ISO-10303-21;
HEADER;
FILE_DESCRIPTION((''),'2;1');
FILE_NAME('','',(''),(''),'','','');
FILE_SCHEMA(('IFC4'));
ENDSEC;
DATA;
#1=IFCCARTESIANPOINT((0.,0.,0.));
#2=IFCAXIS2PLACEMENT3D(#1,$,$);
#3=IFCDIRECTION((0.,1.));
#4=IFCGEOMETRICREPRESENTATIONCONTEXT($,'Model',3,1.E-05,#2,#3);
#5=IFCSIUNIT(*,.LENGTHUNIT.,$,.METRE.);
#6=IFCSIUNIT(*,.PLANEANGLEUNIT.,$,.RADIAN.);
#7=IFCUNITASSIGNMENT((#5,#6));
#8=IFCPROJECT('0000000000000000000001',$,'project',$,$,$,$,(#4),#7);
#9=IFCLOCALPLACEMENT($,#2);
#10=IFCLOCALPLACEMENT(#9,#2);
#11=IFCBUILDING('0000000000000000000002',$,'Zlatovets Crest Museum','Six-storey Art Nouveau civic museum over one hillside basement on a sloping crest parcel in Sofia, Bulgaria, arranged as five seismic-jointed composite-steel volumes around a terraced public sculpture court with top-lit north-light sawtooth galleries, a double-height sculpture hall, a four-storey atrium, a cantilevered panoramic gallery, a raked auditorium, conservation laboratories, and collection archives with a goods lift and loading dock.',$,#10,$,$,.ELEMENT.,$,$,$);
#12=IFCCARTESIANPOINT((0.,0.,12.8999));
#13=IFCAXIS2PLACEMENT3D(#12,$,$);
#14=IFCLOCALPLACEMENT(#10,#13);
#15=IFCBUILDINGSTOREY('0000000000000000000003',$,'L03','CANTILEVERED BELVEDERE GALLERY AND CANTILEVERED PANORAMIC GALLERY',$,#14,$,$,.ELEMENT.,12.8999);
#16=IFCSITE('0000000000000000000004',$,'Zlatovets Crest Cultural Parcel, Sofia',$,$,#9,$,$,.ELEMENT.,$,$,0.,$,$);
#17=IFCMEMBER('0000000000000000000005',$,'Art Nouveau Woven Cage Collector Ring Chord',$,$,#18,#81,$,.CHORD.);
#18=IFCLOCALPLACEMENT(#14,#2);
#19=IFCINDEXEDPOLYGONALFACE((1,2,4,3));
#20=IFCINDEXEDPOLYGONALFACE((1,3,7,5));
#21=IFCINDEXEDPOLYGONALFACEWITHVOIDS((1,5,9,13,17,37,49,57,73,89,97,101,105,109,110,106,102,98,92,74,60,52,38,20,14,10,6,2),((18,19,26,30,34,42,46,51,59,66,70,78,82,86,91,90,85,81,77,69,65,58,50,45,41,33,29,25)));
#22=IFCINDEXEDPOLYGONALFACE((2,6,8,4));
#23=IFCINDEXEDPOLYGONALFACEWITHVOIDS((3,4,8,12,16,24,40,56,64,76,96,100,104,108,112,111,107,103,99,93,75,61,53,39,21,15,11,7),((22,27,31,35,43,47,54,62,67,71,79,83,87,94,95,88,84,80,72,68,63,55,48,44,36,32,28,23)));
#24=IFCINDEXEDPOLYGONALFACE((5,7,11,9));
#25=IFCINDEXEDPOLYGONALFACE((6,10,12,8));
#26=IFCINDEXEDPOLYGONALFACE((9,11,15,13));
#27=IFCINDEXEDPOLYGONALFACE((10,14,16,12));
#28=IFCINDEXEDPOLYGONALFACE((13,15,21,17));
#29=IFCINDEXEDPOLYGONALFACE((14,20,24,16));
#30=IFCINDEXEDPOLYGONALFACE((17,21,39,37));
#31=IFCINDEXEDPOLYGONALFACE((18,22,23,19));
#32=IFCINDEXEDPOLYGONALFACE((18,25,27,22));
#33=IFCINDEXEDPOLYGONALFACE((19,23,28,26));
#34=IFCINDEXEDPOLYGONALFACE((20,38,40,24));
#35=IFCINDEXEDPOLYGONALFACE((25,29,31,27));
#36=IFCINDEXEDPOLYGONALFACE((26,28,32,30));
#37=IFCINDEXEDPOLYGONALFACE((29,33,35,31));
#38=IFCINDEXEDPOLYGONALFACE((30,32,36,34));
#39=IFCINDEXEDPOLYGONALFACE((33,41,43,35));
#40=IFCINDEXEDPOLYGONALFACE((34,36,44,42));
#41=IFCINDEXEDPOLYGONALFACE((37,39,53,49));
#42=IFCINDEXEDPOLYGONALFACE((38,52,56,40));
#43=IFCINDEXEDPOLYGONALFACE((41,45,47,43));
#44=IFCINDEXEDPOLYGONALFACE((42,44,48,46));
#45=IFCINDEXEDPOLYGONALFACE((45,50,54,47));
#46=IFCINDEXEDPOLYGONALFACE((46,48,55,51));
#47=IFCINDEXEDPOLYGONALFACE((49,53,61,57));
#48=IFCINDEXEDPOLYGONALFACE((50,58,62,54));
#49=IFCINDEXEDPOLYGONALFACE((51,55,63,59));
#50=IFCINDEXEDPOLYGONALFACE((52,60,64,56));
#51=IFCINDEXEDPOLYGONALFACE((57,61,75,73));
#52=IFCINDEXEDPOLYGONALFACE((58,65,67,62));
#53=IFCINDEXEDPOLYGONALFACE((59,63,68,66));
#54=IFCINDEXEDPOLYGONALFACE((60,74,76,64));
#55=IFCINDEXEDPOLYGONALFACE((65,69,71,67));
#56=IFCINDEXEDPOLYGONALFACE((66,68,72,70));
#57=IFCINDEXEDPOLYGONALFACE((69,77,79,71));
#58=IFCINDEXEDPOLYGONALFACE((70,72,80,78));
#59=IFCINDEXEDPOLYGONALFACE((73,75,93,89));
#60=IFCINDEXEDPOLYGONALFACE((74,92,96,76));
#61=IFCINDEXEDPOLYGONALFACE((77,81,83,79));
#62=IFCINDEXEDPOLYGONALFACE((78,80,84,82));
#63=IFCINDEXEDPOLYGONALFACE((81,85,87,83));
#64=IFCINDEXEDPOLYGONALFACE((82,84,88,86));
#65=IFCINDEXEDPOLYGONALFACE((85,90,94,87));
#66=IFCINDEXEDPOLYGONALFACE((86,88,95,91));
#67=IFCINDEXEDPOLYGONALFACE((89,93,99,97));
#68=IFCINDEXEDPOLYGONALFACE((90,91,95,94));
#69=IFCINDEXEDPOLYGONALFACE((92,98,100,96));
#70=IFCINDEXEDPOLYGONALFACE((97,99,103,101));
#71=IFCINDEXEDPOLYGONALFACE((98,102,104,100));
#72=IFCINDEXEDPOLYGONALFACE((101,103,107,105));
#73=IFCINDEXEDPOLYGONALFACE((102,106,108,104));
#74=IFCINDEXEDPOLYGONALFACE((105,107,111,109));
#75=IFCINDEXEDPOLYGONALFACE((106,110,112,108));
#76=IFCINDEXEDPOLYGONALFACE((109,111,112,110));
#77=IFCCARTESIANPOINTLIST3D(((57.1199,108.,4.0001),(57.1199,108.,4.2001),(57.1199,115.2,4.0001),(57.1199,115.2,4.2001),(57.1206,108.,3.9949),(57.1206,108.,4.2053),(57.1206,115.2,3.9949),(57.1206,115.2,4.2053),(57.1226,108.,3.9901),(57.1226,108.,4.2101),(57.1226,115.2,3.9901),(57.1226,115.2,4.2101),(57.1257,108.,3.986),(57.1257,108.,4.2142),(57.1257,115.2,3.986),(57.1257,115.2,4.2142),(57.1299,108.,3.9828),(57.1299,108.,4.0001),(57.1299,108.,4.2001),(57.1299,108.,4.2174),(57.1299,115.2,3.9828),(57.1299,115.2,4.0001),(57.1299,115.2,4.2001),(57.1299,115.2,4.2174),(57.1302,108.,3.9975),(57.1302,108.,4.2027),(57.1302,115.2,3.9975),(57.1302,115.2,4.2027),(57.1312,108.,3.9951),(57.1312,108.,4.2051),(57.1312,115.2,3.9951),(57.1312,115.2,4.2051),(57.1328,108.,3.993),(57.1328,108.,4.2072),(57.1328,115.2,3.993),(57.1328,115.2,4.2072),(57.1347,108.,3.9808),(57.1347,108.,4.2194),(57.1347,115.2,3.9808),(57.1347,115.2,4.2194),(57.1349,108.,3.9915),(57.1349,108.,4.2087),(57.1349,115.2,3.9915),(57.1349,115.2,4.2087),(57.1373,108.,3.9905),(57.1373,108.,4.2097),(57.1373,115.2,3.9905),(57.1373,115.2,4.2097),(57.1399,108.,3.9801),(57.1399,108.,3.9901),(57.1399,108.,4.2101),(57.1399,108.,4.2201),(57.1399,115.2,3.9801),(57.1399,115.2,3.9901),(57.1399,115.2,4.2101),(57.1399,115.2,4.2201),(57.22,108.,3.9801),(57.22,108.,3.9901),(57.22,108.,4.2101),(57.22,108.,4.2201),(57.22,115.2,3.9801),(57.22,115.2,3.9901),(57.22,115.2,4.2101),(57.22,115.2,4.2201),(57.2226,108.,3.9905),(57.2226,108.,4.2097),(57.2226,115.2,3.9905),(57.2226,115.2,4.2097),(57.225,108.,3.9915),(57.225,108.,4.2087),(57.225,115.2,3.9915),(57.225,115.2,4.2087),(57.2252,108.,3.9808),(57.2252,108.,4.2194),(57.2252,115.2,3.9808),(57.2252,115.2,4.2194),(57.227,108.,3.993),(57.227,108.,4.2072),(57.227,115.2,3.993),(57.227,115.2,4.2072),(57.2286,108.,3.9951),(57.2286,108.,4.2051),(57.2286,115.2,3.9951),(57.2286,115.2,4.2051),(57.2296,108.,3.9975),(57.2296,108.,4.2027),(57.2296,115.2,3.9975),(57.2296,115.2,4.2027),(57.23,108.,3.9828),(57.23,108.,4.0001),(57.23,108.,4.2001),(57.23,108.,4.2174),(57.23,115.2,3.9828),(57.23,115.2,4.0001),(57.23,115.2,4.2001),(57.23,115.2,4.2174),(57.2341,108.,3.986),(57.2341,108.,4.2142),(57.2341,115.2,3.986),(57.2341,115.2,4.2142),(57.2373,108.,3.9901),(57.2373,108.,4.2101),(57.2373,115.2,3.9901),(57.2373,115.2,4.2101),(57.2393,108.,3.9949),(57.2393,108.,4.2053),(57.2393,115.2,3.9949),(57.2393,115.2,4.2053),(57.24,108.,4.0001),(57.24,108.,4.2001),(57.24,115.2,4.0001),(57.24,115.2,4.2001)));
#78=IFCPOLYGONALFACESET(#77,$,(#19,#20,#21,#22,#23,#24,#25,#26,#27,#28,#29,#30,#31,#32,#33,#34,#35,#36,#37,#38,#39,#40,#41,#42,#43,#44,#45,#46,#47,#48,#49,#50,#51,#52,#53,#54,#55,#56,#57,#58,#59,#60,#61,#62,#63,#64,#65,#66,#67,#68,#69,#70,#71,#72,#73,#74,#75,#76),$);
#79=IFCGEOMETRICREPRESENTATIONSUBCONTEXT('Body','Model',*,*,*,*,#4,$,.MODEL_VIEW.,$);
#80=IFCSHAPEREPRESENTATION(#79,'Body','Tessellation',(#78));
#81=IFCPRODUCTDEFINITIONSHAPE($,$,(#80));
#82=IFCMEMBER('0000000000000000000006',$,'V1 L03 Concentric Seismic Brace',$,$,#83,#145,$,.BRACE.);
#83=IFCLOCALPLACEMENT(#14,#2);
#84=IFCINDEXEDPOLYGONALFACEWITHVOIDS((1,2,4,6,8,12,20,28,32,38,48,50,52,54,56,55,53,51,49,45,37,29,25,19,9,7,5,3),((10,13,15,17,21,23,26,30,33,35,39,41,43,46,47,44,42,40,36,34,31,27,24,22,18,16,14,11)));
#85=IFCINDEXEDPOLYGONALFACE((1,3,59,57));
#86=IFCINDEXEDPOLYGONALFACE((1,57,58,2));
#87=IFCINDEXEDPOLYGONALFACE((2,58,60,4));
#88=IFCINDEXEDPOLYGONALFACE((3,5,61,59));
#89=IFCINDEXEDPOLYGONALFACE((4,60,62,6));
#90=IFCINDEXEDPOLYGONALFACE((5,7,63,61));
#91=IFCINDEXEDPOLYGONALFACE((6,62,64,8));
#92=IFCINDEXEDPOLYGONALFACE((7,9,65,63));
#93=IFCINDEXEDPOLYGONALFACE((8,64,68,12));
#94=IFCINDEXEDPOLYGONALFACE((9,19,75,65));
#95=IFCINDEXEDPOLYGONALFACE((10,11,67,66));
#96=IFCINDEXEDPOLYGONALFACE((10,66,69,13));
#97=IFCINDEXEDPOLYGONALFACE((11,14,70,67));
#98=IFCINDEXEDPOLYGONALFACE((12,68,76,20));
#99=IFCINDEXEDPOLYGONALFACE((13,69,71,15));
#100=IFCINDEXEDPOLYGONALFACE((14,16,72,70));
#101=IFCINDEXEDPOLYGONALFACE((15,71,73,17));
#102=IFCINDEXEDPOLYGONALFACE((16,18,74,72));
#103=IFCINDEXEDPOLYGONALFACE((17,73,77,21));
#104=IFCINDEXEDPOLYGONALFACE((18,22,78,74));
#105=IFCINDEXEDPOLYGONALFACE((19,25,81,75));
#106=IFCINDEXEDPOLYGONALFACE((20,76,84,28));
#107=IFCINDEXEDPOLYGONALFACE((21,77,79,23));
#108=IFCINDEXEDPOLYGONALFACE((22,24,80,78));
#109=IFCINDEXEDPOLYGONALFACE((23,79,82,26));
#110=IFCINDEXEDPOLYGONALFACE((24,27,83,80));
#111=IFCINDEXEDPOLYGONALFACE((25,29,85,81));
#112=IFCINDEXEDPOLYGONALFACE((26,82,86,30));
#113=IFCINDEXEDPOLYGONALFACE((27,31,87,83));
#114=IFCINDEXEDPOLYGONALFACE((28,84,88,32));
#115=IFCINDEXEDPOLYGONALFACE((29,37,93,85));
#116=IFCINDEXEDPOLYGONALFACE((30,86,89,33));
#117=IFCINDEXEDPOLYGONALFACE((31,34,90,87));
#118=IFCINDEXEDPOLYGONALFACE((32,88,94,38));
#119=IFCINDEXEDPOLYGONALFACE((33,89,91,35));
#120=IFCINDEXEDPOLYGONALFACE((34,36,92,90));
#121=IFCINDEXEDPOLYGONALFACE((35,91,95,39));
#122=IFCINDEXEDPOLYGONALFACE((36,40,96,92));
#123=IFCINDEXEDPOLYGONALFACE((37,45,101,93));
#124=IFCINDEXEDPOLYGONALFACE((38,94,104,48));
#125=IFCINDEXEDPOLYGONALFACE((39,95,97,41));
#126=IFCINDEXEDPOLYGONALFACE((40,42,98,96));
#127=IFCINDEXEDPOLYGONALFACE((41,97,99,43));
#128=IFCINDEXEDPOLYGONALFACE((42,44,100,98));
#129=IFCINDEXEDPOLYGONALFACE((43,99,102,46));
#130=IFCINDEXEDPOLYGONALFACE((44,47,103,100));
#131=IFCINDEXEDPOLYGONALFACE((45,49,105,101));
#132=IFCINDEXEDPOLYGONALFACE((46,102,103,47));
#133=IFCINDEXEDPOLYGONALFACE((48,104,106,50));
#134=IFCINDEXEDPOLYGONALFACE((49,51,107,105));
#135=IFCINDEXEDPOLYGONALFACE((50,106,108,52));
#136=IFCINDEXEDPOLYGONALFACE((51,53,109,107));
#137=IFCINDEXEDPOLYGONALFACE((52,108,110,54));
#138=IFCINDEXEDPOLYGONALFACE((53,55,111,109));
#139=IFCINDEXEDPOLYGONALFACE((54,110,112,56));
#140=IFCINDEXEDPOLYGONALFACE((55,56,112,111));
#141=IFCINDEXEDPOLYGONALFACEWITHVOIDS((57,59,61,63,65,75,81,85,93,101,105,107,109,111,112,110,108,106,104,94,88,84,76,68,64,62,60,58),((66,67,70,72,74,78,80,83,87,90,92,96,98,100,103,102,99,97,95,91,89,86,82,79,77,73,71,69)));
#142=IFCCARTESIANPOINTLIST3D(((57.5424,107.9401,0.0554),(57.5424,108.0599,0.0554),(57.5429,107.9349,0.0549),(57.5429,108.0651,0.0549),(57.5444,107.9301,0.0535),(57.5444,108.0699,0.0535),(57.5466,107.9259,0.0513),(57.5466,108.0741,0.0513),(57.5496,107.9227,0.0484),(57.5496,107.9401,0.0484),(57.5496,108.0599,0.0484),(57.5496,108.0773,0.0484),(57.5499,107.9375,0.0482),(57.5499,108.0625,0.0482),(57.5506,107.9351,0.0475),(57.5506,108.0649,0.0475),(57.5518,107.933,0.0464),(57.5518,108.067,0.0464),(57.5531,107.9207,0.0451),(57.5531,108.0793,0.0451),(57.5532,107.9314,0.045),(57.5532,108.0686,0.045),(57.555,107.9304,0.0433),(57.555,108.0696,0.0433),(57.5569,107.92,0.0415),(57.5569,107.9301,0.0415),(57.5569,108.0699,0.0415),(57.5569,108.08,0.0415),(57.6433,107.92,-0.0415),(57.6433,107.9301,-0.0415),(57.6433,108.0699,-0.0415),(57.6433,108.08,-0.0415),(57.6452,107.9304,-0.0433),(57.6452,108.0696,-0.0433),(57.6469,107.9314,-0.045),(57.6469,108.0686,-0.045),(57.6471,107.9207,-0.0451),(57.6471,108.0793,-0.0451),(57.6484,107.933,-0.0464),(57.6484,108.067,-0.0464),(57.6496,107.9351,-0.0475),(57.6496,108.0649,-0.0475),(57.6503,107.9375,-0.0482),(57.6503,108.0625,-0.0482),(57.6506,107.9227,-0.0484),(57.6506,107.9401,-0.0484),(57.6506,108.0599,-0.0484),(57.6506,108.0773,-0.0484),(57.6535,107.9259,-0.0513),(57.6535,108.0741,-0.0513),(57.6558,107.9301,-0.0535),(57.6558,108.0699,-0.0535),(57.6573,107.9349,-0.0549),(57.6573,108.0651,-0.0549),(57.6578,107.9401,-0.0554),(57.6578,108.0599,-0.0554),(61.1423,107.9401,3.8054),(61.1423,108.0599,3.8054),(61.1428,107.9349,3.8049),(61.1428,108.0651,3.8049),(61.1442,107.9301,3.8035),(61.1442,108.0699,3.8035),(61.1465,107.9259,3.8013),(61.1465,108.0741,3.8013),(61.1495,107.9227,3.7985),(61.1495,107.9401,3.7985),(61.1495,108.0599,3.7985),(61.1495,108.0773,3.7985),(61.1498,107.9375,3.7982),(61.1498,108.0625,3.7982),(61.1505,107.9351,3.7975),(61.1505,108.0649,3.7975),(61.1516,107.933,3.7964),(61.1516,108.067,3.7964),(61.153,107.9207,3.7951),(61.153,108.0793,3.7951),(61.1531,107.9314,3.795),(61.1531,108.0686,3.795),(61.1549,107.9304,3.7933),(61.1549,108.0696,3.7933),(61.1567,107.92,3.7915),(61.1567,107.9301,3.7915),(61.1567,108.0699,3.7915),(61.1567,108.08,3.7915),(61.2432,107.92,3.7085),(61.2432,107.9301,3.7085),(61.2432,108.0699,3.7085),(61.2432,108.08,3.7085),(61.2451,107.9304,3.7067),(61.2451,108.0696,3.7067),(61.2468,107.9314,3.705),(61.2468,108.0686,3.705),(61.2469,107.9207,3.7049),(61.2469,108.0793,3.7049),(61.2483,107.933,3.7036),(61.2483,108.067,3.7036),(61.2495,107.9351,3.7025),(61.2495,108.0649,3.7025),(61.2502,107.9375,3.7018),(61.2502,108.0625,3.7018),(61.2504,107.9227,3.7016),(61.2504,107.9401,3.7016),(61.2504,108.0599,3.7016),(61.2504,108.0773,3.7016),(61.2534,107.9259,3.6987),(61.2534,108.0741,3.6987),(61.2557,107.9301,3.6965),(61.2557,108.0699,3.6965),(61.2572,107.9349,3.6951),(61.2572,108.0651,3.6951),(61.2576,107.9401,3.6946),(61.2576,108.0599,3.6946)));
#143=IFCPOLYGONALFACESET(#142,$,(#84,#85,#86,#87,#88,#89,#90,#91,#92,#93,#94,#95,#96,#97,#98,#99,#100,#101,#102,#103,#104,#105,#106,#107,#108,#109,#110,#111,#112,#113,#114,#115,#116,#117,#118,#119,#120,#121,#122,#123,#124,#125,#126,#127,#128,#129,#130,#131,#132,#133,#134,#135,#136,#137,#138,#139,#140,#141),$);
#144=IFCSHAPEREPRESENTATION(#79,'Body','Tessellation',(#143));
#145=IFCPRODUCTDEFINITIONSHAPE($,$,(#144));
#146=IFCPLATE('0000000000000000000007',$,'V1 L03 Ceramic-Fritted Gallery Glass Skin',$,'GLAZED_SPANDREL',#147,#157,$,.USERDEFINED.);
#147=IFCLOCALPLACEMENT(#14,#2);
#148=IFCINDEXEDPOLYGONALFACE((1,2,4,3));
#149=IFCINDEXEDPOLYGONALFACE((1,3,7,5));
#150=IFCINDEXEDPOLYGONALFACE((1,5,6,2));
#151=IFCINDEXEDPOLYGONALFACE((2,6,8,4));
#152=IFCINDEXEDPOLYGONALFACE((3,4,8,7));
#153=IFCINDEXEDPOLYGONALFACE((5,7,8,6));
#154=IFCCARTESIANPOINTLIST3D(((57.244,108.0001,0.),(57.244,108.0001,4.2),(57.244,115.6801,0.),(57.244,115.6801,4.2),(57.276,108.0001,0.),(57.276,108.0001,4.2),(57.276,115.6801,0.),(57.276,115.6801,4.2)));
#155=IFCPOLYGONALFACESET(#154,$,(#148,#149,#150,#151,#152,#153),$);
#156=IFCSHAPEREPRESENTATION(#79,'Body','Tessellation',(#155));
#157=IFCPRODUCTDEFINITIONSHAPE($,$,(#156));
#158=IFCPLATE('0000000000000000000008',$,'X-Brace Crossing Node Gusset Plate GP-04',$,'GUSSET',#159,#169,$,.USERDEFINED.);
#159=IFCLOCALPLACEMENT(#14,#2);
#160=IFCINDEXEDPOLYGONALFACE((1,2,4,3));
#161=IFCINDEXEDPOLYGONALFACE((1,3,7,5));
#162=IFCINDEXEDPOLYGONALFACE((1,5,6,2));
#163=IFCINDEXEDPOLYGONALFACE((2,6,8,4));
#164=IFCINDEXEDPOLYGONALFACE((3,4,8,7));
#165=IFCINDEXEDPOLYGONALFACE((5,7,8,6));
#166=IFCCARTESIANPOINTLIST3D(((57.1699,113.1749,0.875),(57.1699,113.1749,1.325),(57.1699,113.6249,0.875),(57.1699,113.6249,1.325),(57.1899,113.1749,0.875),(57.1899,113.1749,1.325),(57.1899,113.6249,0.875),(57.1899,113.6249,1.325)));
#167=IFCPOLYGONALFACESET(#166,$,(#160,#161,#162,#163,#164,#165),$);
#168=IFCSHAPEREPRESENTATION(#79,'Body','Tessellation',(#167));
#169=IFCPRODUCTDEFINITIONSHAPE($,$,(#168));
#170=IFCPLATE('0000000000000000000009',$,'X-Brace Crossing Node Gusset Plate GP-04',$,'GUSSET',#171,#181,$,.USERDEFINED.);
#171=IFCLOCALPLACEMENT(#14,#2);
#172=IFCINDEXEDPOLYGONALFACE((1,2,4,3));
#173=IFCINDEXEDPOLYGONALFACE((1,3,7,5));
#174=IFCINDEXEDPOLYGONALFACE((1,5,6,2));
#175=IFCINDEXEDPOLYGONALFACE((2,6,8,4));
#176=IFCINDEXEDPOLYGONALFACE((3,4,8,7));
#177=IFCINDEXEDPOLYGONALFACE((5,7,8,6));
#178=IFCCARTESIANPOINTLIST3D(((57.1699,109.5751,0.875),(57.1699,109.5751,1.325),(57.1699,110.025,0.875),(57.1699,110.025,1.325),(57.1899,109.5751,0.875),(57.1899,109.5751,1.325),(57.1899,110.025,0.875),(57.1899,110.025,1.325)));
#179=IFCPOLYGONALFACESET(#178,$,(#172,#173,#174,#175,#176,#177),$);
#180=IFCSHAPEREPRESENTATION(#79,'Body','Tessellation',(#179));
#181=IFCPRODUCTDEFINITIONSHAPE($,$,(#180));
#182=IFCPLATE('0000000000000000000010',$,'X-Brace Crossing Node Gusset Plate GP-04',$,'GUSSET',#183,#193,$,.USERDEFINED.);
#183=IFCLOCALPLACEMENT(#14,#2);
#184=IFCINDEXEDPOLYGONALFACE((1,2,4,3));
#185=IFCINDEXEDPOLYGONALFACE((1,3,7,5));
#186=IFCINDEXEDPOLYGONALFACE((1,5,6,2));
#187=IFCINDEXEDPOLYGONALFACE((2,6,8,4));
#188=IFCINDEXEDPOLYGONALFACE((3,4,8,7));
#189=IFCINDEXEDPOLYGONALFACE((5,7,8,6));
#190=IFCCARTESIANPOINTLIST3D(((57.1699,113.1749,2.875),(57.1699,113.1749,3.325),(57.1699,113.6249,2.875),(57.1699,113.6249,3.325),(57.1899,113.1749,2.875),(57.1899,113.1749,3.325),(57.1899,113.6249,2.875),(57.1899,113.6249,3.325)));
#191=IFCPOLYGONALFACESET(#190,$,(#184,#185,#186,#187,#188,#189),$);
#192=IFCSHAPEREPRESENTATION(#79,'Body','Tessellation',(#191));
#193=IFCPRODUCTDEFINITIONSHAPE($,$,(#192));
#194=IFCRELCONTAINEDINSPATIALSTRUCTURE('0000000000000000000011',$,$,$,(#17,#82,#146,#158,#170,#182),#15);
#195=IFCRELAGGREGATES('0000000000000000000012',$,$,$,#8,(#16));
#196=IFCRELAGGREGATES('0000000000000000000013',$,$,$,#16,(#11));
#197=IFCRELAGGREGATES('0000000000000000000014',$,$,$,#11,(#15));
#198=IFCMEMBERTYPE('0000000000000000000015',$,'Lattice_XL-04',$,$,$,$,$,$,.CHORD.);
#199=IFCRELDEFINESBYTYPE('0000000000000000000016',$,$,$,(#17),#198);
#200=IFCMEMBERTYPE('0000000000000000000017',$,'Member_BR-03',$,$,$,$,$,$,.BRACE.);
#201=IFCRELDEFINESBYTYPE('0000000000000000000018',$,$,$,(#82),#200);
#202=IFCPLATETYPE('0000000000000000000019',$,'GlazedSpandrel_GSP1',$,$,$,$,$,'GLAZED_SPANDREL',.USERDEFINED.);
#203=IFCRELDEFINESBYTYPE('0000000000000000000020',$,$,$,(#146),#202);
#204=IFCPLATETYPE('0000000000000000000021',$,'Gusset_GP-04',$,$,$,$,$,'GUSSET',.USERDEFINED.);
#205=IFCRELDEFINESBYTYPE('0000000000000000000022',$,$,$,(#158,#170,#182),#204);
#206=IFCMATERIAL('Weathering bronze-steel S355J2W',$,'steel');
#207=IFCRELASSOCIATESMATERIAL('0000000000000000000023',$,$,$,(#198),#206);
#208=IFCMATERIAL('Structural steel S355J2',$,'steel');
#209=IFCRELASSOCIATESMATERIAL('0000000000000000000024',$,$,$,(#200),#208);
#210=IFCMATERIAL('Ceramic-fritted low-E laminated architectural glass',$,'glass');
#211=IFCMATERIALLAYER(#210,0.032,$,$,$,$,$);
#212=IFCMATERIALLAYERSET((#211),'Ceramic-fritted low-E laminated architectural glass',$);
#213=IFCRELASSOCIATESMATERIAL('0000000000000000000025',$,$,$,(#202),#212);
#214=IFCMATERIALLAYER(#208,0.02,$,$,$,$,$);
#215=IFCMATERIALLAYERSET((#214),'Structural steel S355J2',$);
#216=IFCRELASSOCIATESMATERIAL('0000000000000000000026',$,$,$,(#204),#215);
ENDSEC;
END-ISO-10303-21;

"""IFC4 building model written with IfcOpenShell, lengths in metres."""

from ifc_helpers import new_model, si_unit, direction, frame, origin, origin_2d, place, context, subcontext, project, spatial, rectangle, hollow_rectangle, extrude, material, layer, layer_set, material_profile, profile_set, type_object, element, save


model = new_model("IFC4")

# Units and contexts
model_context = context("Model", 3, precision=1e-05, world=origin(), true_north=direction((0.0, 1.0)))
body_context = subcontext(model_context, "Body", "Model", "MODEL_VIEW")
ifc_project = project(units=[si_unit("LENGTHUNIT", "METRE"), si_unit("PLANEANGLEUNIT", "RADIAN")], contexts=[model_context])

# Site, building, storey
site_placement = place(None, origin())
site = spatial("IfcSite", under=ifc_project, at=site_placement, Name="Zlatovets Crest Cultural Parcel, Sofia", CompositionType="ELEMENT", RefElevation=0.0)
building_placement = place(site_placement, origin())
building = spatial("IfcBuilding", under=site, at=building_placement, Name="Zlatovets Crest Museum", Description="Six-storey Art Nouveau civic museum over one hillside basement on a sloping crest parcel in Sofia, Bulgaria, arranged as five seismic-jointed composite-steel volumes around a terraced public sculpture court with top-lit north-light sawtooth galleries, a double-height sculpture hall, a four-storey atrium, a cantilevered panoramic gallery, a raked auditorium, conservation laboratories, and collection archives with a goods lift and loading dock.", CompositionType="ELEMENT")
storey_placement = place(building_placement, frame((0.0, 0.0, 12.8999)))
storey = spatial("IfcBuildingStorey", under=building, at=storey_placement, Name="L03", Description="CANTILEVERED BELVEDERE GALLERY AND CANTILEVERED PANORAMIC GALLERY", CompositionType="ELEMENT", Elevation=12.8999)

# Shared definitions
ifc_material_1 = material(Name="Structural steel S355J2", Category="steel")

# Members
ifc_material_2 = material(Name="Weathering bronze-steel S355J2W", Category="steel")
ifc_material_profile_1 = material_profile(ifc_material_2, hollow_rectangle(XDim=0.1201, YDim=0.24, WallThickness=0.01, InnerFilletRadius=0.01, OuterFilletRadius=0.02, at=origin_2d()), Name="RHS 120x240x10.0")
ifc_profile_set_1 = profile_set([ifc_material_profile_1], Name="Weathering bronze-steel S355J2W")
member_type_1 = type_object("IfcMemberType", Name="Lattice_XL-04", PredefinedType="CHORD", material=ifc_profile_set_1)
member_1_placement = place(storey_placement, frame((57.1799, 115.2, 4.1001), z_axis=(0.0, -1.0, 0.0), x_axis=(1.0, 0.0, 0.0)))
element("IfcMember", 1, at=member_1_placement, inside=storey, type_object=member_type_1, Name="Art Nouveau Woven Cage Collector Ring Chord", PredefinedType="CHORD", context=body_context, shape_type="SweptSolid", body=[
    extrude(hollow_rectangle(XDim=0.1201, YDim=0.24, WallThickness=0.01, InnerFilletRadius=0.01, OuterFilletRadius=0.02, at=origin_2d()), origin(), (0.0, 0.0, 1.0), 7.2),
])
ifc_material_profile_2 = material_profile(ifc_material_1, hollow_rectangle(XDim=0.1599, YDim=0.1599, WallThickness=0.01, InnerFilletRadius=0.01, OuterFilletRadius=0.02, at=origin_2d()), Name="SHS 160x160x10.0")
ifc_profile_set_2 = profile_set([ifc_material_profile_2], Name="Structural steel S355J2")
member_type_2 = type_object("IfcMemberType", Name="Member_BR-03", PredefinedType="BRACE", material=ifc_profile_set_2)
member_2_placement = place(storey_placement, frame((57.6001, 108.0, 0.0), z_axis=(0.692517, 0.0, 0.721401), x_axis=(0.0, 1.0, 0.0)))
element("IfcMember", 2, at=member_2_placement, inside=storey, type_object=member_type_2, Name="V1 L03 Concentric Seismic Brace", PredefinedType="BRACE", context=body_context, shape_type="SweptSolid", body=[
    extrude(hollow_rectangle(XDim=0.1599, YDim=0.1599, WallThickness=0.01, InnerFilletRadius=0.01, OuterFilletRadius=0.02, at=origin_2d()), origin(), (0.0, 0.0, 1.0), 5.1982),
])

# Plates
ifc_material_3 = material(Name="Ceramic-fritted low-E laminated architectural glass", Category="glass")
ifc_layer_1 = layer(ifc_material_3, 0.032)
ifc_layer_set_1 = layer_set([ifc_layer_1], Name="Ceramic-fritted low-E laminated architectural glass")
plate_type_1 = type_object("IfcPlateType", Name="GlazedSpandrel_GSP1", ElementType="GLAZED_SPANDREL", PredefinedType="USERDEFINED", material=ifc_layer_set_1)
plate_placement = place(storey_placement, frame((57.26, 111.8401, 0.0), z_axis=(0.0, 0.0, 1.0), x_axis=(0.0, 1.0, 0.0)))
element("IfcPlate", 3, at=plate_placement, inside=storey, type_object=plate_type_1, Name="V1 L03 Ceramic-Fritted Gallery Glass Skin", ObjectType="GLAZED_SPANDREL", PredefinedType="USERDEFINED", context=body_context, shape_type="SweptSolid", body=[
    extrude(rectangle(XDim=7.6799, YDim=0.032, at=origin_2d()), origin(), (0.0, 0.0, 1.0), 4.2),
])
ifc_layer_2 = layer(ifc_material_1, 0.02)
ifc_layer_set_2 = layer_set([ifc_layer_2], Name="Structural steel S355J2")
plate_type_2 = type_object("IfcPlateType", Name="Gusset_GP-04", ElementType="GUSSET", PredefinedType="USERDEFINED", material=ifc_layer_set_2)
for number, where, z_axis, x_axis, name in (
    (4, (57.1799, 113.3999, 0.875), (0.0, 0.0, 1.0), (1.0, 0.0, 0.0), "X-Brace Crossing Node Gusset Plate GP-04"),
    (5, (57.1799, 109.8, 0.875), (0.0, 0.0, 1.0), (1.0, 0.0, 0.0), "X-Brace Crossing Node Gusset Plate GP-04"),
    (6, (57.1799, 113.3999, 2.875), (0.0, 0.0, 1.0), (1.0, 0.0, 0.0), "X-Brace Crossing Node Gusset Plate GP-04"),
):
    element("IfcPlate", number, at=place(storey_placement, frame(where, z_axis=z_axis, x_axis=x_axis)), inside=storey, type_object=plate_type_2, Name=name, ObjectType="GUSSET", PredefinedType="USERDEFINED", context=body_context, shape_type="SweptSolid", body=[
        extrude(rectangle(XDim=0.02, YDim=0.45, at=origin_2d()), origin(), (0.0, 0.0, 1.0), 0.45),
    ])

save(model, "model.ifc")
